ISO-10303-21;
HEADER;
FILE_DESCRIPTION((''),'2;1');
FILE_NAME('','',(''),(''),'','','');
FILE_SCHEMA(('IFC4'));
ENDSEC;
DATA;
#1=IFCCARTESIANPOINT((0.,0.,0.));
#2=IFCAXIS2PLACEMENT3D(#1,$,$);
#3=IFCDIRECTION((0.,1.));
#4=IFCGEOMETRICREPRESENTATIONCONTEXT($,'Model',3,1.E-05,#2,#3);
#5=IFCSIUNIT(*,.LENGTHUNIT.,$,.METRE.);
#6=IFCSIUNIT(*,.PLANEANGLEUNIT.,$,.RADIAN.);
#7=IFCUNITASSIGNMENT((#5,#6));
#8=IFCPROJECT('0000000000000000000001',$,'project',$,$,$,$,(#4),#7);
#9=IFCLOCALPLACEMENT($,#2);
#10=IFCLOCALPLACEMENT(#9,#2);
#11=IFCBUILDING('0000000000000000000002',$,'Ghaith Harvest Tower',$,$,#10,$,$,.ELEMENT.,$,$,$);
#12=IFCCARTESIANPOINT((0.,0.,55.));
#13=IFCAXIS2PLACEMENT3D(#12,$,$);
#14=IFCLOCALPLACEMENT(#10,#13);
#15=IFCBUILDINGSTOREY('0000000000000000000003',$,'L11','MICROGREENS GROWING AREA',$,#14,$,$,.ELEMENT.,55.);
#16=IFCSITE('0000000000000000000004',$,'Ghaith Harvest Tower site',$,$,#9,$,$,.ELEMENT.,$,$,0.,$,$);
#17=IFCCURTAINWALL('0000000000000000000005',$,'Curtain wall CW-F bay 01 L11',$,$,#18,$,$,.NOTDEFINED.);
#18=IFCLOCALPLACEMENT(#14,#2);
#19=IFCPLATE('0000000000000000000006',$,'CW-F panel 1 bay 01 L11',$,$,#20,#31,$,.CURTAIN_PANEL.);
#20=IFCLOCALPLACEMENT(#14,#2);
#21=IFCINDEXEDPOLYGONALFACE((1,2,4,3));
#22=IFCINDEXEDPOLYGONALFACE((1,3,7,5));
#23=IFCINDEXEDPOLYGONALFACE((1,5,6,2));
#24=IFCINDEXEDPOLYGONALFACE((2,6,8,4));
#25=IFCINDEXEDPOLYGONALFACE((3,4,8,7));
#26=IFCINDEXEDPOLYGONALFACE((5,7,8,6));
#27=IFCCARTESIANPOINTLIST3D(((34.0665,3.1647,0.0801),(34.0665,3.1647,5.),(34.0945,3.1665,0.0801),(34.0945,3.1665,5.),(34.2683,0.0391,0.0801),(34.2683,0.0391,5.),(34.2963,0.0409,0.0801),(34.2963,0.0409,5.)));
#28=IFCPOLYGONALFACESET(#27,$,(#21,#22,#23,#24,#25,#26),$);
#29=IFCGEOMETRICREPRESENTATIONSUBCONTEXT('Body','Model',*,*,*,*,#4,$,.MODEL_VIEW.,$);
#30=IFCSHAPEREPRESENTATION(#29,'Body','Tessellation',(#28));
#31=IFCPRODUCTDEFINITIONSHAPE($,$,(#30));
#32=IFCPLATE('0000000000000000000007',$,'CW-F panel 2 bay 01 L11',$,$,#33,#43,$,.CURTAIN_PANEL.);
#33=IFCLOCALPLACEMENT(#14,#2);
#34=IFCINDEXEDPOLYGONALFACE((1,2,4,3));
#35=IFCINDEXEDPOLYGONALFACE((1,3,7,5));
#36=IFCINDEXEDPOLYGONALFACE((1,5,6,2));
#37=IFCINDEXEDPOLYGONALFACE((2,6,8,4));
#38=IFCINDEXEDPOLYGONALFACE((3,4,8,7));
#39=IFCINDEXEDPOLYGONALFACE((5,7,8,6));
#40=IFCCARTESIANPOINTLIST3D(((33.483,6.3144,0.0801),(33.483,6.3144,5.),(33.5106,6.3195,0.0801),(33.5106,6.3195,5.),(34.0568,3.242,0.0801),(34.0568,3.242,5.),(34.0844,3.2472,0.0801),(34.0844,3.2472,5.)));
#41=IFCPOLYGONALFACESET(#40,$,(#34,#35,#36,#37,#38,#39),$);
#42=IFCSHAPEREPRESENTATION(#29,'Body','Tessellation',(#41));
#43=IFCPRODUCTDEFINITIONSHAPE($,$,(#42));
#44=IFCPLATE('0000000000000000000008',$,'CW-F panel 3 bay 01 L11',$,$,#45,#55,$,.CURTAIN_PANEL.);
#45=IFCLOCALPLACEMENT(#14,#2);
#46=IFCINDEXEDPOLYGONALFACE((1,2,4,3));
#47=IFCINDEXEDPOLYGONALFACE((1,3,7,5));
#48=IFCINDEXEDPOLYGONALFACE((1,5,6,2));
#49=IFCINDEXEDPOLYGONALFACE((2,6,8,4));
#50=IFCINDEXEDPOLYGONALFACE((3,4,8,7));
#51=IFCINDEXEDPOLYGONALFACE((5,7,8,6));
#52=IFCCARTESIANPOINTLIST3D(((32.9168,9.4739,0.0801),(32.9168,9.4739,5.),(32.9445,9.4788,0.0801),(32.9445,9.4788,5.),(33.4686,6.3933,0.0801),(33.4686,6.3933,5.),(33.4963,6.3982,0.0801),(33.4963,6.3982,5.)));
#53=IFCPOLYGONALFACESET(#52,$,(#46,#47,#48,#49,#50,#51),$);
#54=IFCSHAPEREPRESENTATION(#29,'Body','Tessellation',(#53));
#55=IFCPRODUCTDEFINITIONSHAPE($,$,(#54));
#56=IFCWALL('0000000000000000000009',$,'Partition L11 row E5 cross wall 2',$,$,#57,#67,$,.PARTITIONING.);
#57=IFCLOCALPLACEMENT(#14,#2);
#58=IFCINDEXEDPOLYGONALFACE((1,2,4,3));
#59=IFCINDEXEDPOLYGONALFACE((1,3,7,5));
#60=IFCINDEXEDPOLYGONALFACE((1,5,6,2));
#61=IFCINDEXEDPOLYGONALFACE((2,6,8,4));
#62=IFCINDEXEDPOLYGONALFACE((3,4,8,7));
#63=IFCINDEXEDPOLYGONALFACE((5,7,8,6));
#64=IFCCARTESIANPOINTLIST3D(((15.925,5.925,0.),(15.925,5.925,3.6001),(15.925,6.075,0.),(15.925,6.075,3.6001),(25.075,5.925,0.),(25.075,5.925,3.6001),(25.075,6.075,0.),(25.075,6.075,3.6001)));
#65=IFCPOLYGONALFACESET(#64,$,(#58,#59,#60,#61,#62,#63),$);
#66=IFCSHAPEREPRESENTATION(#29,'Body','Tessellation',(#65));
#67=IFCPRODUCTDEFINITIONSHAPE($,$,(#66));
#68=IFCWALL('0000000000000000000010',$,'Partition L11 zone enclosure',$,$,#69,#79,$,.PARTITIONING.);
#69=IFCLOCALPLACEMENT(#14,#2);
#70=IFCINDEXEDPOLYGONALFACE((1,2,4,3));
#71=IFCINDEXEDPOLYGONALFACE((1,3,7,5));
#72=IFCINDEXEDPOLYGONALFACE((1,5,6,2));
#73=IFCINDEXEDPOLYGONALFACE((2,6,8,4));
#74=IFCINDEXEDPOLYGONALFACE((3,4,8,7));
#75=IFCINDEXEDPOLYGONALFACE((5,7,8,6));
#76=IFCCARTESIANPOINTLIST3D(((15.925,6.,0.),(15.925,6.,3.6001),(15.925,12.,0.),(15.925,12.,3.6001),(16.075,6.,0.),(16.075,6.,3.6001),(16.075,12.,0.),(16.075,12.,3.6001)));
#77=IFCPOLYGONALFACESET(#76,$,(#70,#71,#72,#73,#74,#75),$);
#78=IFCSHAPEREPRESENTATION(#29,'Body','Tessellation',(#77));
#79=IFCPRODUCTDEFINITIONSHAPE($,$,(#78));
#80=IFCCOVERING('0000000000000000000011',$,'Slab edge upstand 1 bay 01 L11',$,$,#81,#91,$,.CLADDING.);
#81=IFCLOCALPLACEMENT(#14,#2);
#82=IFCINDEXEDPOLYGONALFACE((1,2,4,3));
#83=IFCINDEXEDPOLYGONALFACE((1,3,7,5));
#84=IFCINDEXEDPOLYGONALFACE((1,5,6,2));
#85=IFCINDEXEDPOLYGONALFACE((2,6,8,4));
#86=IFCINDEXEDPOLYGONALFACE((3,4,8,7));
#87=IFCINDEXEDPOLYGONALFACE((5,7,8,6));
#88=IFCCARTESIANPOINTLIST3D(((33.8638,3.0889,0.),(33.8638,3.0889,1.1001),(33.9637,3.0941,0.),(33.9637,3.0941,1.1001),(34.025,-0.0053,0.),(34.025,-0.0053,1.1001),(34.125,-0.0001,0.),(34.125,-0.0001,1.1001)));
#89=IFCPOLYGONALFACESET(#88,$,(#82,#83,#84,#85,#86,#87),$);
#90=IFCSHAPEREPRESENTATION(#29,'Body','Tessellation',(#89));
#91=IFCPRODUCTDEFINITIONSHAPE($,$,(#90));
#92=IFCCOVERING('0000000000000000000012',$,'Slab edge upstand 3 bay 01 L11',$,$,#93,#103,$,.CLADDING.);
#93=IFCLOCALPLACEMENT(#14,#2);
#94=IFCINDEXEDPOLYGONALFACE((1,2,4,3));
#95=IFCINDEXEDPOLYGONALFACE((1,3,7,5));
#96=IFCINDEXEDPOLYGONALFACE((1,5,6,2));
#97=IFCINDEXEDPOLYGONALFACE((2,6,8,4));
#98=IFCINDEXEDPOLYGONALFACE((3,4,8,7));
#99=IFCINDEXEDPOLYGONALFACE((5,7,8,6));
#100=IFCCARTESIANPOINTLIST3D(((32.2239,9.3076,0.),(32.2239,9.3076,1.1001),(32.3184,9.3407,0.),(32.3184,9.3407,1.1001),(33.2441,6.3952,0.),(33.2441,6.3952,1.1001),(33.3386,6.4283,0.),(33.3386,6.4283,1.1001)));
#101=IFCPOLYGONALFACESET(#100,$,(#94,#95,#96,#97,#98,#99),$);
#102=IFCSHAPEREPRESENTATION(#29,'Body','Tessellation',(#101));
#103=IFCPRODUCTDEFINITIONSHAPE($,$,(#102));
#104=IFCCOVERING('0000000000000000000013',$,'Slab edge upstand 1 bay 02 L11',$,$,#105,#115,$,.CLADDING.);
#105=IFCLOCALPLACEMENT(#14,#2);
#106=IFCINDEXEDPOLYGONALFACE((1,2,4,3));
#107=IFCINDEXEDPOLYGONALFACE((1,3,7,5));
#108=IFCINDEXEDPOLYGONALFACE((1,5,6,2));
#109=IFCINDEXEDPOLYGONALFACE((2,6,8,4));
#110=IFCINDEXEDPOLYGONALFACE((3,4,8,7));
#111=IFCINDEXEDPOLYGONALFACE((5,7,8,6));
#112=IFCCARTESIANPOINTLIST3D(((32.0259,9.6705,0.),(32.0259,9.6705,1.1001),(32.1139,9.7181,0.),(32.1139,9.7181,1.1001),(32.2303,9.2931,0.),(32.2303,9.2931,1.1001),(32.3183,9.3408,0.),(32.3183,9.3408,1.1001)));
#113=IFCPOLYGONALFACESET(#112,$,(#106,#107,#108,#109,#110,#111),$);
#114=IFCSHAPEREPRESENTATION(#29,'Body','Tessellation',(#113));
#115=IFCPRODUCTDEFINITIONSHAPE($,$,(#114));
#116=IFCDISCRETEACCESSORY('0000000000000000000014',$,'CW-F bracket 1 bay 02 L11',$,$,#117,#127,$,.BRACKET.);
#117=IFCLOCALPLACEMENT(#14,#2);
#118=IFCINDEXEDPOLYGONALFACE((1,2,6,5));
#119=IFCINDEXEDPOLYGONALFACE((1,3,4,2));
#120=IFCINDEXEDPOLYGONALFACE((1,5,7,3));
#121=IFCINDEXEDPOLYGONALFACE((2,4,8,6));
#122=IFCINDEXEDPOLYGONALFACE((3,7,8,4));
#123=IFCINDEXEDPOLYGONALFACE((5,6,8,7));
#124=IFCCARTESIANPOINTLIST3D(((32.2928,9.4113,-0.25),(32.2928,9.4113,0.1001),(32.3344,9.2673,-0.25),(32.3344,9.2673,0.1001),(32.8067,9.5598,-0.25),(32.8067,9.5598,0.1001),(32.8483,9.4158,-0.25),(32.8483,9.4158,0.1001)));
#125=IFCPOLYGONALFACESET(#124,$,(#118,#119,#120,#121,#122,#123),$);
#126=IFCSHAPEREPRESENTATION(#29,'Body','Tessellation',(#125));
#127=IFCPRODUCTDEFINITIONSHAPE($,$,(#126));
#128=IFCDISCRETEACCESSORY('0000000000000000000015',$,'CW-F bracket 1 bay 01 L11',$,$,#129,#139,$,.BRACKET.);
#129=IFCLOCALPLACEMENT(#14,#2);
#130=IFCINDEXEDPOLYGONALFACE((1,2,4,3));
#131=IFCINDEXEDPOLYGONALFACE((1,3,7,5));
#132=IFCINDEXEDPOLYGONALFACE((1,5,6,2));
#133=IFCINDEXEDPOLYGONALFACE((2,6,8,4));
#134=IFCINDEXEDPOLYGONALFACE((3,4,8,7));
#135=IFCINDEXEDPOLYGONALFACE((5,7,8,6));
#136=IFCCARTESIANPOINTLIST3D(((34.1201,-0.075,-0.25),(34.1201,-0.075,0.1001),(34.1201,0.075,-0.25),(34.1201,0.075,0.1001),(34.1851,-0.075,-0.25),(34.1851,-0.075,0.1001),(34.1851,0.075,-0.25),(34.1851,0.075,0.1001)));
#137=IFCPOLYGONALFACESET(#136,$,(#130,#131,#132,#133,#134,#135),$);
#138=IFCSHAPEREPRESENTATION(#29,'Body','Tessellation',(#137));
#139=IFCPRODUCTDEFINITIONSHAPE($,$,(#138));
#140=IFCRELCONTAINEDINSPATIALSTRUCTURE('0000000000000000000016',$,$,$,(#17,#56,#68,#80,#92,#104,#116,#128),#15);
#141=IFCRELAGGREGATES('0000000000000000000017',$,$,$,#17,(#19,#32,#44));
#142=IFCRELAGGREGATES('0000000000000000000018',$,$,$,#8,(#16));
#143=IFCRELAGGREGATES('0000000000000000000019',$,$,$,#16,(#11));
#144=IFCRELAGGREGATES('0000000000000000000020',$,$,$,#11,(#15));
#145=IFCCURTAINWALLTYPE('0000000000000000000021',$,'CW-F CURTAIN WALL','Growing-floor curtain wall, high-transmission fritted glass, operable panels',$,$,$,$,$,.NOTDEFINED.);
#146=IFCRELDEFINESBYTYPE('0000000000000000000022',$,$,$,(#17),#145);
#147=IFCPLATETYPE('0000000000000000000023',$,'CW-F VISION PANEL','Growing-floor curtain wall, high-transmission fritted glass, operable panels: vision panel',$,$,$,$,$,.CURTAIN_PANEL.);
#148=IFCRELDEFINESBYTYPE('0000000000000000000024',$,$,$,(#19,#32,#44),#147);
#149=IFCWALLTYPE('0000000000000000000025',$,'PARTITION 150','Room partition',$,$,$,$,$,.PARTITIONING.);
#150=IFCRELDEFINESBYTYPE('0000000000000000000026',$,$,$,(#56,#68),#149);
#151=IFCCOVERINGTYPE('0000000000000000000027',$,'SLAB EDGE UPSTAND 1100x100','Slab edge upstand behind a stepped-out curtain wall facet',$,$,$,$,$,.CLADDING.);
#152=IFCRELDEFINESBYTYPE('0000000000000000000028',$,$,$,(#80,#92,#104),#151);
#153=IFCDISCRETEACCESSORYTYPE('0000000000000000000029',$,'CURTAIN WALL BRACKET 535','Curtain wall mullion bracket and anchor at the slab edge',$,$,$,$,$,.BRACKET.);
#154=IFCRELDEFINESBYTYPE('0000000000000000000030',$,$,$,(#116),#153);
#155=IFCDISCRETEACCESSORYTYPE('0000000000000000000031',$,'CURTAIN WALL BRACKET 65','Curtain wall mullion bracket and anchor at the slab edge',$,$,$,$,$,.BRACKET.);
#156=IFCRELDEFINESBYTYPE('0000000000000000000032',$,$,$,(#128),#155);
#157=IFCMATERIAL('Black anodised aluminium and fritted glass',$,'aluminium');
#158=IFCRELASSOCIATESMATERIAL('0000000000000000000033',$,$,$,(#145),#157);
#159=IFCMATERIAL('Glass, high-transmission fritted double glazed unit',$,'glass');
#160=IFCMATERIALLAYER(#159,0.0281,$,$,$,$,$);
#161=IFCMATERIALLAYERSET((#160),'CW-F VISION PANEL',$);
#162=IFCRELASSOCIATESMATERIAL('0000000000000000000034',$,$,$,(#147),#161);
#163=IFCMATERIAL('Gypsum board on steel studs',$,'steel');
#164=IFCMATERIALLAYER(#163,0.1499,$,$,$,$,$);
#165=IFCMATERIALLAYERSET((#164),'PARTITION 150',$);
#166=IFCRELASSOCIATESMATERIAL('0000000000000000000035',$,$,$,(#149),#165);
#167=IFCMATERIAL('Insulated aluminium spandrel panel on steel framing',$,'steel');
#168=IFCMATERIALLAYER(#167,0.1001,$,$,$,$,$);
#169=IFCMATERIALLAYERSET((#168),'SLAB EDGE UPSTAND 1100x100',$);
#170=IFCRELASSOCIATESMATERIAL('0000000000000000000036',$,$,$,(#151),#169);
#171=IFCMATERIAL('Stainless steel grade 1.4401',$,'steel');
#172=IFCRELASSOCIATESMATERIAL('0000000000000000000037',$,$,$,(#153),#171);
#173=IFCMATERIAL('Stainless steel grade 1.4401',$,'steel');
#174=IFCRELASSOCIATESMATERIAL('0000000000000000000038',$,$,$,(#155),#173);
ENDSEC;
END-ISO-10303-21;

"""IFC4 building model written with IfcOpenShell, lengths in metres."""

from ifc_helpers import new_model, si_unit, direction, frame, frame_2d, origin, origin_2d, place, context, subcontext, project, spatial, rectangle, extrude, material, layer, layer_set, type_object, element, aggregate, save


model = new_model("IFC4")

# Units and contexts
model_context = context("Model", 3, precision=1e-05, world=origin(), true_north=direction((0.0, 1.0)))
body_context = subcontext(model_context, "Body", "Model", "MODEL_VIEW")
ifc_project = project(units=[si_unit("LENGTHUNIT", "METRE"), si_unit("PLANEANGLEUNIT", "RADIAN")], contexts=[model_context])

# Site, building, storey
site_placement = place(None, origin())
site = spatial("IfcSite", under=ifc_project, at=site_placement, Name="Ghaith Harvest Tower site", CompositionType="ELEMENT", RefElevation=0.0)
building_placement = place(site_placement, origin())
building = spatial("IfcBuilding", under=site, at=building_placement, Name="Ghaith Harvest Tower", CompositionType="ELEMENT")
storey_placement = place(building_placement, frame((0.0, 0.0, 55.0)))
storey = spatial("IfcBuildingStorey", under=building, at=storey_placement, Name="L11", Description="MICROGREENS GROWING AREA", CompositionType="ELEMENT", Elevation=55.0)

# Curtain wall
ifc_material_1 = material(Name="Black anodised aluminium and fritted glass", Category="aluminium")
curtain_wall_type = type_object("IfcCurtainWallType", Name="CW-F CURTAIN WALL", Description="Growing-floor curtain wall, high-transmission fritted glass, operable panels", PredefinedType="NOTDEFINED", material=ifc_material_1)
curtain_wall_placement = place(storey_placement, origin())
curtain_wall = element("IfcCurtainWall", 1, at=curtain_wall_placement, inside=storey, type_object=curtain_wall_type, Name="Curtain wall CW-F bay 01 L11", PredefinedType="NOTDEFINED")

# Plates
ifc_material_2 = material(Name="Glass, high-transmission fritted double glazed unit", Category="glass")
ifc_layer_1 = layer(ifc_material_2, 0.0281)
ifc_layer_set_1 = layer_set([ifc_layer_1], Name="CW-F VISION PANEL")
plate_type = type_object("IfcPlateType", Name="CW-F VISION PANEL", Description="Growing-floor curtain wall, high-transmission fritted glass, operable panels: vision panel", PredefinedType="CURTAIN_PANEL", material=ifc_layer_set_1)
plate_1_placement = place(storey_placement, frame((34.1814, 1.6028, 0.0801), z_axis=(0.0, 0.0, 1.0), x_axis=(-0.064446, 0.997921, 0.0)))
plate_1 = element("IfcPlate", 2, at=plate_1_placement, type_object=plate_type, Name="CW-F panel 1 bay 01 L11", PredefinedType="CURTAIN_PANEL", context=body_context, shape_type="SweptSolid", body=[
    extrude(rectangle(XDim=3.1321, YDim=0.0281, at=origin_2d()), origin(), (0.0, 0.0, 1.0), 4.9199),
])
plate_2_placement = place(storey_placement, frame((33.7837, 4.7808, 0.0801), z_axis=(0.0, 0.0, 1.0), x_axis=(-0.183569, 0.983007, 0.0)))
plate_2 = element("IfcPlate", 3, at=plate_2_placement, type_object=plate_type, Name="CW-F panel 2 bay 01 L11", PredefinedType="CURTAIN_PANEL", context=body_context, shape_type="SweptSolid", body=[
    extrude(rectangle(XDim=3.1255, YDim=0.0281, at=origin_2d()), origin(), (0.0, 0.0, 1.0), 4.9199),
])
plate_3_placement = place(storey_placement, frame((33.2065, 7.936, 0.0801), z_axis=(0.0, 0.0, 1.0), x_axis=(-0.17632, 0.984333, 0.0)))
plate_3 = element("IfcPlate", 4, at=plate_3_placement, type_object=plate_type, Name="CW-F panel 3 bay 01 L11", PredefinedType="CURTAIN_PANEL", context=body_context, shape_type="SweptSolid", body=[
    extrude(rectangle(XDim=3.1296, YDim=0.0281, at=origin_2d()), origin(), (0.0, 0.0, 1.0), 4.9199),
])
aggregate(curtain_wall, [plate_1, plate_2, plate_3])

# Walls
ifc_material_3 = material(Name="Gypsum board on steel studs", Category="steel")
ifc_layer_2 = layer(ifc_material_3, 0.1499)
ifc_layer_set_2 = layer_set([ifc_layer_2], Name="PARTITION 150")
wall_type_1 = type_object("IfcWallType", Name="PARTITION 150", Description="Room partition", PredefinedType="PARTITIONING", material=ifc_layer_set_2)
wall_1_placement = place(storey_placement, frame((15.925, 6.0, 0.0), z_axis=(0.0, 0.0, 1.0), x_axis=(1.0, 0.0, 0.0)))
element("IfcWall", 5, at=wall_1_placement, inside=storey, type_object=wall_type_1, Name="Partition L11 row E5 cross wall 2", PredefinedType="PARTITIONING", context=body_context, shape_type="SweptSolid", body=[
    extrude(rectangle(XDim=9.1499, YDim=0.1499, at=frame_2d((4.575, 0.0))), origin(), (0.0, 0.0, 1.0), 3.6001),
])
wall_2_placement = place(storey_placement, frame((16.0, 6.0, 0.0), z_axis=(0.0, 0.0, 1.0), x_axis=(0.0, 1.0, 0.0)))
element("IfcWall", 6, at=wall_2_placement, inside=storey, type_object=wall_type_1, Name="Partition L11 zone enclosure", PredefinedType="PARTITIONING", context=body_context, shape_type="SweptSolid", body=[
    extrude(rectangle(XDim=6.0, YDim=0.1499, at=frame_2d((3.0, 0.0))), origin(), (0.0, 0.0, 1.0), 3.6001),
])

# Coverings
ifc_material_4 = material(Name="Insulated aluminium spandrel panel on steel framing", Category="steel")
ifc_layer_3 = layer(ifc_material_4, 0.1001)
ifc_layer_set_3 = layer_set([ifc_layer_3], Name="SLAB EDGE UPSTAND 1100x100")
covering_type = type_object("IfcCoveringType", Name="SLAB EDGE UPSTAND 1100x100", Description="Slab edge upstand behind a stepped-out curtain wall facet", PredefinedType="CLADDING", material=ifc_layer_set_3)
covering_1_placement = place(storey_placement, frame((33.9944, 1.5444, 0.0), z_axis=(0.0, 0.0, 1.0), x_axis=(-0.052049, 0.998645, 0.0)))
element("IfcCovering", 7, at=covering_1_placement, inside=storey, type_object=covering_type, Name="Slab edge upstand 1 bay 01 L11", PredefinedType="CLADDING", context=body_context, shape_type="SweptSolid", body=[
    extrude(rectangle(XDim=3.0984, YDim=0.1001, at=origin_2d()), origin(), (0.0, 0.0, 1.0), 1.1001),
])
covering_2_placement = place(storey_placement, frame((32.7812, 7.8679, 0.0), z_axis=(0.0, 0.0, 1.0), x_axis=(-0.330598, 0.943772, 0.0)))
element("IfcCovering", 8, at=covering_2_placement, inside=storey, type_object=covering_type, Name="Slab edge upstand 3 bay 01 L11", PredefinedType="CLADDING", context=body_context, shape_type="SweptSolid", body=[
    extrude(rectangle(XDim=3.0859, YDim=0.1001, at=origin_2d()), origin(), (0.0, 0.0, 1.0), 1.1001),
])
covering_3_placement = place(storey_placement, frame((32.1721, 9.5056, 0.0), z_axis=(0.0, 0.0, 1.0), x_axis=(-0.476349, 0.879256, 0.0)))
element("IfcCovering", 9, at=covering_3_placement, inside=storey, type_object=covering_type, Name="Slab edge upstand 1 bay 02 L11", PredefinedType="CLADDING", context=body_context, shape_type="SweptSolid", body=[
    extrude(rectangle(XDim=0.4292, YDim=0.1001, at=origin_2d()), origin(), (0.0, 0.0, 1.0), 1.1001),
])

# Discrete accessories
ifc_material_5 = material(Name="Stainless steel grade 1.4401", Category="steel")
discrete_accessory_type_1 = type_object("IfcDiscreteAccessoryType", Name="CURTAIN WALL BRACKET 535", Description="Curtain wall mullion bracket and anchor at the slab edge", PredefinedType="BRACKET", material=ifc_material_5)
discrete_accessory_1_placement = place(storey_placement, frame((32.5706, 9.4136, -0.25), z_axis=(0.0, 0.0, 1.0), x_axis=(0.96068, 0.277657, 0.0)))
element("IfcDiscreteAccessory", 10, at=discrete_accessory_1_placement, inside=storey, type_object=discrete_accessory_type_1, Name="CW-F bracket 1 bay 02 L11", PredefinedType="BRACKET", context=body_context, shape_type="SweptSolid", body=[
    extrude(rectangle(XDim=0.5349, YDim=0.1499, at=origin_2d()), origin(), (0.0, 0.0, 1.0), 0.3501),
])
ifc_material_6 = material(Name="Stainless steel grade 1.4401", Category="steel")
discrete_accessory_type_2 = type_object("IfcDiscreteAccessoryType", Name="CURTAIN WALL BRACKET 65", Description="Curtain wall mullion bracket and anchor at the slab edge", PredefinedType="BRACKET", material=ifc_material_6)
discrete_accessory_2_placement = place(storey_placement, frame((34.1526, 0.0, -0.25), z_axis=(0.0, 0.0, 1.0), x_axis=(1.0, 0.0, 0.0)))
element("IfcDiscreteAccessory", 11, at=discrete_accessory_2_placement, inside=storey, type_object=discrete_accessory_type_2, Name="CW-F bracket 1 bay 01 L11", PredefinedType="BRACKET", context=body_context, shape_type="SweptSolid", body=[
    extrude(rectangle(XDim=0.0649, YDim=0.1499, at=origin_2d()), origin(), (0.0, 0.0, 1.0), 0.3501),
])

save(model, "model.ifc")
